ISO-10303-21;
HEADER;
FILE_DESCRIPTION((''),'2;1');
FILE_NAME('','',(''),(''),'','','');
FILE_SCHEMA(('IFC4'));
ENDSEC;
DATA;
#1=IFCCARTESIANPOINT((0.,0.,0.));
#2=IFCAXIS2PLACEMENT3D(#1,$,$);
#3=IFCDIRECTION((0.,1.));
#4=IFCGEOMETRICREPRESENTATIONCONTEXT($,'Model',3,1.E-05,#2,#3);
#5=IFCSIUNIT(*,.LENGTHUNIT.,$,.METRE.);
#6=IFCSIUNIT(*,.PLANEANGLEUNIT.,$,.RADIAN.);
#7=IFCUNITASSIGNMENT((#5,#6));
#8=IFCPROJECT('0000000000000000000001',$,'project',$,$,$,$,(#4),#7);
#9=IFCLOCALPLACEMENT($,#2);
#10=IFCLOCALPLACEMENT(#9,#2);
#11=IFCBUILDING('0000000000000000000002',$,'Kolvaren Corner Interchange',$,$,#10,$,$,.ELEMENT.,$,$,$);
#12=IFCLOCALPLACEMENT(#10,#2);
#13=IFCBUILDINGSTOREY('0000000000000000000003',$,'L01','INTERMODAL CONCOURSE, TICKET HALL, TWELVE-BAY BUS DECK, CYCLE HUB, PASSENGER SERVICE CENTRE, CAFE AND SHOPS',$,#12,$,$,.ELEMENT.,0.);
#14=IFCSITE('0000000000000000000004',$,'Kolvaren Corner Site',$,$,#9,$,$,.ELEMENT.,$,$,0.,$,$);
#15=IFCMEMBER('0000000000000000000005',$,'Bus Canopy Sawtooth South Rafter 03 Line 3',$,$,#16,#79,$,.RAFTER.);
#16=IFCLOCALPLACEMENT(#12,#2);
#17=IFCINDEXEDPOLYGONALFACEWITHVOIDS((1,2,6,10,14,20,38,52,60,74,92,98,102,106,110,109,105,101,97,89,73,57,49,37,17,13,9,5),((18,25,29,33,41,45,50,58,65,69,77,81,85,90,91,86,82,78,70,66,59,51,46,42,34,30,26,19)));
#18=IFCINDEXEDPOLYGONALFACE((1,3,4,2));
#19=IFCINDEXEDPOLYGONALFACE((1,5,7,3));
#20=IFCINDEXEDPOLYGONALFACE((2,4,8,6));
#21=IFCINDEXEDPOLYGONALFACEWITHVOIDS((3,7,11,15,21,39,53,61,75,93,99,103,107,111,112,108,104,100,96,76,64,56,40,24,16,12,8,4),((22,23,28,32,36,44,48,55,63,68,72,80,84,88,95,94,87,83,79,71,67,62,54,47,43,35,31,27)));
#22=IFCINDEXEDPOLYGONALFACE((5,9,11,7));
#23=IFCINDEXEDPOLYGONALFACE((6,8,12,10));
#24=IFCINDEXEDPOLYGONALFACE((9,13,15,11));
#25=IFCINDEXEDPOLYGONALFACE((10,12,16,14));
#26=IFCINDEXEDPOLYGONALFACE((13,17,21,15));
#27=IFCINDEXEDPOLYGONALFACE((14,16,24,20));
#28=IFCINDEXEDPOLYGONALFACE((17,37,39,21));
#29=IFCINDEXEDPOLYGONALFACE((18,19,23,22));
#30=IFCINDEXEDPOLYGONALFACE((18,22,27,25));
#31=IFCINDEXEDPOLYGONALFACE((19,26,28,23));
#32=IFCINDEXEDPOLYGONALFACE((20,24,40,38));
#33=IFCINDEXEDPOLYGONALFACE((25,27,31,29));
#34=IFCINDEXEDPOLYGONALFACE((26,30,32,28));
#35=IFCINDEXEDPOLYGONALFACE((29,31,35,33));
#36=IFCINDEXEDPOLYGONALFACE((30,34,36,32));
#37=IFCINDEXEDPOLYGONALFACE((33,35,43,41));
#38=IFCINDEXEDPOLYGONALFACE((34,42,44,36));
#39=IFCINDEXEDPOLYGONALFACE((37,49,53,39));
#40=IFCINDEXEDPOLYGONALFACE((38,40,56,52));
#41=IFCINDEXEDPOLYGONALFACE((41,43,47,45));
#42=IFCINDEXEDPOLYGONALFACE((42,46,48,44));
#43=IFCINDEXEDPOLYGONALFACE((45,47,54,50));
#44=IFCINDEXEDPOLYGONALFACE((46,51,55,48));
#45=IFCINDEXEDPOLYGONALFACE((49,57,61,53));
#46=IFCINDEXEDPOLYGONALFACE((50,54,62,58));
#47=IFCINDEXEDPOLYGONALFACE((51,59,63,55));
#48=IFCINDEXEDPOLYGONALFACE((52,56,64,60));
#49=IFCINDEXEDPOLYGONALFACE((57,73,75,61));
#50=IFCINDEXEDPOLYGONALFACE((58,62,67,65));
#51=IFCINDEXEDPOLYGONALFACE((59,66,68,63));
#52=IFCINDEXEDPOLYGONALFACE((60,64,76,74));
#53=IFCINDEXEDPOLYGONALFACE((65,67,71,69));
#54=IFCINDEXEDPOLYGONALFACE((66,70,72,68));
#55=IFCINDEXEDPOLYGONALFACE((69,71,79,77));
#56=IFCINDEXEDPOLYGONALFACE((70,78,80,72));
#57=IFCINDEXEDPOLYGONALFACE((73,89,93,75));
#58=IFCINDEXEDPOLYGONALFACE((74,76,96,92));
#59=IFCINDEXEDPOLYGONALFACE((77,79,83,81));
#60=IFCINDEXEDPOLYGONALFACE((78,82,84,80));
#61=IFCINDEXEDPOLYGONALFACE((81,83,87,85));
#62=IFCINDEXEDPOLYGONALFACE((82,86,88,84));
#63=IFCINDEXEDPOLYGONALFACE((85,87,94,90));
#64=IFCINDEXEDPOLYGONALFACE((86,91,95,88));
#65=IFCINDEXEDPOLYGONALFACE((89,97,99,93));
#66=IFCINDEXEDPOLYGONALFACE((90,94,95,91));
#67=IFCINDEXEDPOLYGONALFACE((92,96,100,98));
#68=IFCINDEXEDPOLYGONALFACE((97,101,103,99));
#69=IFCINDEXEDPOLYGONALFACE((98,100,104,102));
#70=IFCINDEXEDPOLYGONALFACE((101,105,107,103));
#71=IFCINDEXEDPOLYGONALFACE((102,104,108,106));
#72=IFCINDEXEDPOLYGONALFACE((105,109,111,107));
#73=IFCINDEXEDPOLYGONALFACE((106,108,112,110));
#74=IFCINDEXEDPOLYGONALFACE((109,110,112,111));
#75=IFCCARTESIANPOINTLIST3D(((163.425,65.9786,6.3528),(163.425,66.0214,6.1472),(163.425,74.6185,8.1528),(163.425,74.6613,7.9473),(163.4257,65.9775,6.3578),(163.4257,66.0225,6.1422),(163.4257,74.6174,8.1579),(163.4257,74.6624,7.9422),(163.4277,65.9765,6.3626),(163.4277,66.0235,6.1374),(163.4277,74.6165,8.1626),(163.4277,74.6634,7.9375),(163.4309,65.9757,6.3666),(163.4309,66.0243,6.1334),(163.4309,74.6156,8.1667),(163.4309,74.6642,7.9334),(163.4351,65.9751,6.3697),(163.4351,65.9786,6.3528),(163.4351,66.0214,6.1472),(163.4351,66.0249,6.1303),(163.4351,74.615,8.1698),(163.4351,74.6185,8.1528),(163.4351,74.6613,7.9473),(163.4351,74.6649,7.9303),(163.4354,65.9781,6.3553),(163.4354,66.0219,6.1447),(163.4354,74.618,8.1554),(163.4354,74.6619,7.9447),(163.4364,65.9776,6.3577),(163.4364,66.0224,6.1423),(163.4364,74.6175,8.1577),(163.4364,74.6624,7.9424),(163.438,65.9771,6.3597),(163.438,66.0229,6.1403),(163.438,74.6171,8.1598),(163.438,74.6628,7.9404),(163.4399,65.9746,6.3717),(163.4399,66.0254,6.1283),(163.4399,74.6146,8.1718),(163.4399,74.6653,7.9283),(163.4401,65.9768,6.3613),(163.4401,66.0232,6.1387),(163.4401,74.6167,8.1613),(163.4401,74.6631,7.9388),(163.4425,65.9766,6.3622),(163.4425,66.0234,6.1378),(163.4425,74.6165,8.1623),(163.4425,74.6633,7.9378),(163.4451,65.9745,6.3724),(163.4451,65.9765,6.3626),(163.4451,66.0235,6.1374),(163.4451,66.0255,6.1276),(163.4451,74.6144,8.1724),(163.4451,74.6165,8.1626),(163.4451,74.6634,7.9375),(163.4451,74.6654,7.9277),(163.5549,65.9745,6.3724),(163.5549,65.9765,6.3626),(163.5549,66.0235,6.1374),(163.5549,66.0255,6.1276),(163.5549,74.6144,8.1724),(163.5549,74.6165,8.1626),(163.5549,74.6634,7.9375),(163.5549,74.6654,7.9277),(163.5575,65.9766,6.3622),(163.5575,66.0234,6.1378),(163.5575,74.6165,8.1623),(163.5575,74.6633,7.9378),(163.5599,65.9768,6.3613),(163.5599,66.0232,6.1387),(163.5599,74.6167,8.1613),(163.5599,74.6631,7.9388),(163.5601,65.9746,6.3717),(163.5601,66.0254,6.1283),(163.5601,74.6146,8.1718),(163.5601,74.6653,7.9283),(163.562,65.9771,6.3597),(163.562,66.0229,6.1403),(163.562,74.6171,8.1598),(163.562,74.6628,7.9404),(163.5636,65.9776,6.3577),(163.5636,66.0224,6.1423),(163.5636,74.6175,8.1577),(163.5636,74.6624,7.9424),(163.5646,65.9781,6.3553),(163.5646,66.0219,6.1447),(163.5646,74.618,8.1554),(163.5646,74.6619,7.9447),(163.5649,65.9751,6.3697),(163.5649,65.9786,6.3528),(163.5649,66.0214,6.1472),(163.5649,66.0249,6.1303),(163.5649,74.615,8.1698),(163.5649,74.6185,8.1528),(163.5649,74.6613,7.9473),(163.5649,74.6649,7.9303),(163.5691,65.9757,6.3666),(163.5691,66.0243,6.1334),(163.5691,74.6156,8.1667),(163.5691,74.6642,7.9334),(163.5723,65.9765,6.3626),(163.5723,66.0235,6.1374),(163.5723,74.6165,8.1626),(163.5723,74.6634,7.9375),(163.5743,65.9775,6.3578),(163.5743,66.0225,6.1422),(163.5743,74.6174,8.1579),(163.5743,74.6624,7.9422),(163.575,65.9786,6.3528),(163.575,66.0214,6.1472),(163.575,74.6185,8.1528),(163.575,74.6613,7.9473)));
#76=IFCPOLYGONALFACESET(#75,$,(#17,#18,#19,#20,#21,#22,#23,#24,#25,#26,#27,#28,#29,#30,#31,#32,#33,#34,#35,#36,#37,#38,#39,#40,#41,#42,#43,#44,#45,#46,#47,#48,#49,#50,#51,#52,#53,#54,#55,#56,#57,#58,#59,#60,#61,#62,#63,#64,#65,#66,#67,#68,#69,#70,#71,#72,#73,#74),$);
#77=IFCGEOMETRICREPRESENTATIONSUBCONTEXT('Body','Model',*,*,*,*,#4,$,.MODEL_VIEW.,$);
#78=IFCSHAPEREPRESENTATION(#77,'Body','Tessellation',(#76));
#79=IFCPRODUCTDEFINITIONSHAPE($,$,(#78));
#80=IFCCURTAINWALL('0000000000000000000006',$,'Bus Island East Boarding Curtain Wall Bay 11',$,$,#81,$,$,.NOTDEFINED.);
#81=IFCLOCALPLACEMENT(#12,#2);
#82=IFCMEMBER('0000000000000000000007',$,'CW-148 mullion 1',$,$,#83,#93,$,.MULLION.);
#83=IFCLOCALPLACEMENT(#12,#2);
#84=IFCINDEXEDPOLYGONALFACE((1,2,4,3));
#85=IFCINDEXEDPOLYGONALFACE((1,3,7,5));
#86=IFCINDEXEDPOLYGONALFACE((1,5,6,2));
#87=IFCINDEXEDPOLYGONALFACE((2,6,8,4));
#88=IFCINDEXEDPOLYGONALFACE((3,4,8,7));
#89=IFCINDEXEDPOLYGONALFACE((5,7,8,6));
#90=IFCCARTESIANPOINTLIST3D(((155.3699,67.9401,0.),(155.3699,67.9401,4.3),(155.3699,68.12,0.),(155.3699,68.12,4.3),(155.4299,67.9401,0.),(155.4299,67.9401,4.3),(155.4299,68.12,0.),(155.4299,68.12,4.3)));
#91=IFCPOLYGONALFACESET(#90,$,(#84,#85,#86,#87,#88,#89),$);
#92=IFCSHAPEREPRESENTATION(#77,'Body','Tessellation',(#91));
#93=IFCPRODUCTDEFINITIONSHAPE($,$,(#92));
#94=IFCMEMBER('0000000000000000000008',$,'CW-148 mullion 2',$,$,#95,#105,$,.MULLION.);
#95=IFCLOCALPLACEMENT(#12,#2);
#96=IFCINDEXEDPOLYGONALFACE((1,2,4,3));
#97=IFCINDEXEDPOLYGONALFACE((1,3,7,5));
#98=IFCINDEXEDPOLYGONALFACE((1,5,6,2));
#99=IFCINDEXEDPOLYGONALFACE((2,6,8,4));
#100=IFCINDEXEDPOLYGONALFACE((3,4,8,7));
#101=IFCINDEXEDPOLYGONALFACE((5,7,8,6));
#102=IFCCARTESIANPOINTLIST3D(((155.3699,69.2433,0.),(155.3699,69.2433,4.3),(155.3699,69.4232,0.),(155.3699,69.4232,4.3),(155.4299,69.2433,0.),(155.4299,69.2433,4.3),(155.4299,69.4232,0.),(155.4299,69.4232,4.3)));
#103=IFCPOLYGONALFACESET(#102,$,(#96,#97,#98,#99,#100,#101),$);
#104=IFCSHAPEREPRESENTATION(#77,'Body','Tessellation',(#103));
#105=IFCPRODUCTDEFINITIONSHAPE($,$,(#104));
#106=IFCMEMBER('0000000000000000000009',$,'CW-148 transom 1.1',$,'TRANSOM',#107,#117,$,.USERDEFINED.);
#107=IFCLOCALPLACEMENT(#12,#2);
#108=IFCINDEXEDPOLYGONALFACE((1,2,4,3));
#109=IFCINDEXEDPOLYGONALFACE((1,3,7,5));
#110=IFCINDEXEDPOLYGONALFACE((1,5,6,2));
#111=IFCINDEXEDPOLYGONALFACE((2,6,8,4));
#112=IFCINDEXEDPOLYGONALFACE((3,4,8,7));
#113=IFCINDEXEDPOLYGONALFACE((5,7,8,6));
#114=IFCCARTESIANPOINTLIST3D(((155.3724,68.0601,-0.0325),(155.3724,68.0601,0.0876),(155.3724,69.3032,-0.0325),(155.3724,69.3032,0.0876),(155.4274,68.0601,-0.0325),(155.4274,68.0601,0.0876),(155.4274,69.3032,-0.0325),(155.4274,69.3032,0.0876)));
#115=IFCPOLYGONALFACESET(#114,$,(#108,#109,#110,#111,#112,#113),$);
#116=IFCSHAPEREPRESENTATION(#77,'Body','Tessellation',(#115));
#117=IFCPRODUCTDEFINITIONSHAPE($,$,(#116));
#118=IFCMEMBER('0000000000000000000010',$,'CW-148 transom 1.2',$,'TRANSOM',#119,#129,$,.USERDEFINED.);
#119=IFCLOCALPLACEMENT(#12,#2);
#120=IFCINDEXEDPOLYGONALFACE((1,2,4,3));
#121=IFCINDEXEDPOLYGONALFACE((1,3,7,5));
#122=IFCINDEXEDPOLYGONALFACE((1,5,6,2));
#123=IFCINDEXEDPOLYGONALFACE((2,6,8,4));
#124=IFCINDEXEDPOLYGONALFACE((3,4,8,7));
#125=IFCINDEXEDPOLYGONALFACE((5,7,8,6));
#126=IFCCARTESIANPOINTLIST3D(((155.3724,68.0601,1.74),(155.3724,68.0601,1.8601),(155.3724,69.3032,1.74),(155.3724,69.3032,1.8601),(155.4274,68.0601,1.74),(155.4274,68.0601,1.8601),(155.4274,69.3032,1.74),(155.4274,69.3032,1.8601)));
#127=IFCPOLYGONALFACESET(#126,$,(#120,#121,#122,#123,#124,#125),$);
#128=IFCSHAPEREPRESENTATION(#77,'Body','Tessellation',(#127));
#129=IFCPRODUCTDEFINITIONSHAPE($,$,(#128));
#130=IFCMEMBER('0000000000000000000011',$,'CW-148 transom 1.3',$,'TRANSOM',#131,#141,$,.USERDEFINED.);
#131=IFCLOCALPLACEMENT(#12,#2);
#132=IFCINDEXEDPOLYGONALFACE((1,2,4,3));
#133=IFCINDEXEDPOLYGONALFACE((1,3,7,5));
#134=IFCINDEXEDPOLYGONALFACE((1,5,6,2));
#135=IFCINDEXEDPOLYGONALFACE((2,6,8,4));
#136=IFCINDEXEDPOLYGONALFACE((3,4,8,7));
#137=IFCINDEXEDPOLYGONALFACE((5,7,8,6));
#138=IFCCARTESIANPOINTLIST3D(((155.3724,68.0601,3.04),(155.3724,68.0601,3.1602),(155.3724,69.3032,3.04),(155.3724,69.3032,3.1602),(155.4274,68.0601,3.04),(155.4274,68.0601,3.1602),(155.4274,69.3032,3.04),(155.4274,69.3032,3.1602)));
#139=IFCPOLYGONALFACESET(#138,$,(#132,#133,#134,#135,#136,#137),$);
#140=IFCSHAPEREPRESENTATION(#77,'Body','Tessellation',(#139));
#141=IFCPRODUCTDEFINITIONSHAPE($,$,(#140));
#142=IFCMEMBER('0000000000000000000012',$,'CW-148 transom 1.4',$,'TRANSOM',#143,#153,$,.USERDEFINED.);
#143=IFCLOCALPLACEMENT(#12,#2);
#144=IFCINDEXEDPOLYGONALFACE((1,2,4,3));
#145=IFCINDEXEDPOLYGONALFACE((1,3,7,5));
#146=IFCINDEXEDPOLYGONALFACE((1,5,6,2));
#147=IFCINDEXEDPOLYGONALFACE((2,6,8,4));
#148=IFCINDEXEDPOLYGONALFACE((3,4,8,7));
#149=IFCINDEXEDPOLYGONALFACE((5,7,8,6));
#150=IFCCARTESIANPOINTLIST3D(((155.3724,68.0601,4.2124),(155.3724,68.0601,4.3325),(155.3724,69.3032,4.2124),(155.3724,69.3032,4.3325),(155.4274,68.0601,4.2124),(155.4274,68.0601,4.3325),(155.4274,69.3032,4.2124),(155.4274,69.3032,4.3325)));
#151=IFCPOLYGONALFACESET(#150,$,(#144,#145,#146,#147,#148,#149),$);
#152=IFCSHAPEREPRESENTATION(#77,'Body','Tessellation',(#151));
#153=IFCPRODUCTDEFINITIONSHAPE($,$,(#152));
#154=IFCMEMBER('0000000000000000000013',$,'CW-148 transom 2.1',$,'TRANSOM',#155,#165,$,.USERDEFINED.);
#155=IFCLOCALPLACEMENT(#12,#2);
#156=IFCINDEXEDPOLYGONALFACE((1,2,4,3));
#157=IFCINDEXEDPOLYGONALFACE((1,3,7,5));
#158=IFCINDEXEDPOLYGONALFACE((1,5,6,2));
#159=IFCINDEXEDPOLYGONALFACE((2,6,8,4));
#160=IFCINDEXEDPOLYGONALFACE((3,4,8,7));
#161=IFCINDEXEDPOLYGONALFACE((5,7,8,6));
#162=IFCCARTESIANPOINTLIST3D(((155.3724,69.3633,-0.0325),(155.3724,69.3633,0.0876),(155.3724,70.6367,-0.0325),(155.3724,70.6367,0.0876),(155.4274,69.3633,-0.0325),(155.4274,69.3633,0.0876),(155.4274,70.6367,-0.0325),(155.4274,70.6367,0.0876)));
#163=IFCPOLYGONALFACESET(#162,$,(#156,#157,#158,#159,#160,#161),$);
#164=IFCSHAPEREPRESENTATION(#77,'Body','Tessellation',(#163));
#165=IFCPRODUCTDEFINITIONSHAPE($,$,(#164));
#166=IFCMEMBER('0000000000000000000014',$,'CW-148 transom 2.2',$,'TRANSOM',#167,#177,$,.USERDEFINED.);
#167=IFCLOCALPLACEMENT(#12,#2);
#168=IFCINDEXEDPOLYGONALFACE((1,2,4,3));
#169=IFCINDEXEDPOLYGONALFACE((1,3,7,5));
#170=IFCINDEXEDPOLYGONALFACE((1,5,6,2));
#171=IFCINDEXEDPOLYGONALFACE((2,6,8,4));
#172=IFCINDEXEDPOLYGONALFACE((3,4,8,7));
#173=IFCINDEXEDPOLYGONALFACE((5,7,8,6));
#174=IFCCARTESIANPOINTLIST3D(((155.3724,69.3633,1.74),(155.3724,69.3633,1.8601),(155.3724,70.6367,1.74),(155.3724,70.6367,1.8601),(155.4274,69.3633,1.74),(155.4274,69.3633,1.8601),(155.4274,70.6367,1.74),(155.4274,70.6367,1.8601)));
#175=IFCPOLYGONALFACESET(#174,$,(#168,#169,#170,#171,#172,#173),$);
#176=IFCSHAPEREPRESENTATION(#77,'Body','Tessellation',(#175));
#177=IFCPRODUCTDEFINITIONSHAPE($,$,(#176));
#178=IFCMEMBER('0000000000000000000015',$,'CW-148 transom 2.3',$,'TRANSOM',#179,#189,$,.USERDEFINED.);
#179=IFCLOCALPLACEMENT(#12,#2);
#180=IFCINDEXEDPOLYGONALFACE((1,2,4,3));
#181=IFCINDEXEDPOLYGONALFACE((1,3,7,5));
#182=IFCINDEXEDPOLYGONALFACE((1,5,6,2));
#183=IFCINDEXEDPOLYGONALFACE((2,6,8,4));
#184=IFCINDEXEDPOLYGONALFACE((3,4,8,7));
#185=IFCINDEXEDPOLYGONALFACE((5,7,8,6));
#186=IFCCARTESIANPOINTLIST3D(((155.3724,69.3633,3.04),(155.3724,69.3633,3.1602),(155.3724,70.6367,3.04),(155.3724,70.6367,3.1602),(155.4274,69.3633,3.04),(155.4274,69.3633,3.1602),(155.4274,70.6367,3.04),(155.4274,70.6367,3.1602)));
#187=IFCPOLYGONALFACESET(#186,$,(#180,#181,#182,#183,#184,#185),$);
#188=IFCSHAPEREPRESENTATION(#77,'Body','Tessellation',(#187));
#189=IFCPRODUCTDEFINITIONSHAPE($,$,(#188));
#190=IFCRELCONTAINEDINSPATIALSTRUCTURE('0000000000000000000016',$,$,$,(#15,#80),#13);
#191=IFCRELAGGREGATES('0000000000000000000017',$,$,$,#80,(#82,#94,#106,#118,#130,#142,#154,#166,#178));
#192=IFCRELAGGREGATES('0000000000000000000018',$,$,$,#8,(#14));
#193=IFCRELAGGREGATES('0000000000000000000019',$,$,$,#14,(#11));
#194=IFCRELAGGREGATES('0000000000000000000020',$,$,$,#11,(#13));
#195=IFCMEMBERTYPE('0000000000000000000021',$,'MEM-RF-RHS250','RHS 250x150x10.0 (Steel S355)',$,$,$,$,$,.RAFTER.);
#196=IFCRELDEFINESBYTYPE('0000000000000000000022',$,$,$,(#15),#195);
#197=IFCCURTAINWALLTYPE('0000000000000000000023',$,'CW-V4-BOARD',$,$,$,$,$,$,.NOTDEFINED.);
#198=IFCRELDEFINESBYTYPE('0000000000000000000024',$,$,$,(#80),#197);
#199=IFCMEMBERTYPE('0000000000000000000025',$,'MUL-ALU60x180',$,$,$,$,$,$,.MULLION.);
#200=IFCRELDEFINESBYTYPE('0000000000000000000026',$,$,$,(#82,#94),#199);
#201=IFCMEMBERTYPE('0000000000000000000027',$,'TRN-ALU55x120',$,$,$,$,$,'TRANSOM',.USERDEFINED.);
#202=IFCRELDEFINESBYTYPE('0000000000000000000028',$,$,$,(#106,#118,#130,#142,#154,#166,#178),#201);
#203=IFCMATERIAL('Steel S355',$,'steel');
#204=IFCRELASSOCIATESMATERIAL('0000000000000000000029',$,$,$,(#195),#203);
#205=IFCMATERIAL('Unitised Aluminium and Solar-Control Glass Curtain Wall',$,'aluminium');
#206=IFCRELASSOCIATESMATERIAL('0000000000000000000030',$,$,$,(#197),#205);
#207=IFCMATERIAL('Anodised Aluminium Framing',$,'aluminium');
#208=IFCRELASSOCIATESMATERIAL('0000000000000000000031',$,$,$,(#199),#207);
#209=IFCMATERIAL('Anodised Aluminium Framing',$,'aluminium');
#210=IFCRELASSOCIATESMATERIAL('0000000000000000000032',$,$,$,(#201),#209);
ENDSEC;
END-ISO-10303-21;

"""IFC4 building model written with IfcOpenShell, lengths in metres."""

from ifc_helpers import new_model, si_unit, direction, frame, origin, origin_2d, place, context, subcontext, project, spatial, rectangle, hollow_rectangle, extrude, material, material_profile, profile_set, type_object, element, aggregate, save


model = new_model("IFC4")

# Units and contexts
model_context = context("Model", 3, precision=1e-05, world=origin(), true_north=direction((0.0, 1.0)))
body_context = subcontext(model_context, "Body", "Model", "MODEL_VIEW")
ifc_project = project(units=[si_unit("LENGTHUNIT", "METRE"), si_unit("PLANEANGLEUNIT", "RADIAN")], contexts=[model_context])

# Site, building, storey
site_placement = place(None, origin())
site = spatial("IfcSite", under=ifc_project, at=site_placement, Name="Kolvaren Corner Site", CompositionType="ELEMENT", RefElevation=0.0)
building_placement = place(site_placement, origin())
building = spatial("IfcBuilding", under=site, at=building_placement, Name="Kolvaren Corner Interchange", CompositionType="ELEMENT")
storey_placement = place(building_placement, origin())
storey = spatial("IfcBuildingStorey", under=building, at=storey_placement, Name="L01", Description="INTERMODAL CONCOURSE, TICKET HALL, TWELVE-BAY BUS DECK, CYCLE HUB, PASSENGER SERVICE CENTRE, CAFE AND SHOPS", CompositionType="ELEMENT", Elevation=0.0)

# Member
ifc_material_1 = material(Name="Steel S355", Category="steel")
ifc_material_profile_1 = material_profile(ifc_material_1, hollow_rectangle(XDim=0.1499, YDim=0.25, WallThickness=0.01, InnerFilletRadius=0.01, OuterFilletRadius=0.02, at=origin_2d()), Name="RHS 250x150x10.0")
ifc_profile_set_1 = profile_set([ifc_material_profile_1], Name="Steel S355")
member_type_1 = type_object("IfcMemberType", Name="MEM-RF-RHS250", Description="RHS 250x150x10.0 (Steel S355)", PredefinedType="RAFTER", material=ifc_profile_set_1)
for number, where, z_axis, x_axis, name in (
    (1, (163.5, 66.0, 6.25), (0.0, 0.978979, 0.203962), (-1.0, 0.0, 0.0), "Bus Canopy Sawtooth South Rafter 03 Line 3"),
):
    element("IfcMember", number, at=place(storey_placement, frame(where, z_axis=z_axis, x_axis=x_axis)), inside=storey, type_object=member_type_1, Name=name, PredefinedType="RAFTER", context=body_context, shape_type="SweptSolid", body=[
        extrude(hollow_rectangle(XDim=0.1499, YDim=0.25, WallThickness=0.01, InnerFilletRadius=0.01, OuterFilletRadius=0.02, at=origin_2d()), origin(), (0.0, 0.0, 1.0), 8.8254),
    ])

# Curtain wall, members
ifc_material_2 = material(Name="Unitised Aluminium and Solar-Control Glass Curtain Wall", Category="aluminium")
curtain_wall_type = type_object("IfcCurtainWallType", Name="CW-V4-BOARD", PredefinedType="NOTDEFINED", material=ifc_material_2)
curtain_wall_placement = place(storey_placement, origin())
curtain_wall = element("IfcCurtainWall", 2, at=curtain_wall_placement, inside=storey, type_object=curtain_wall_type, Name="Bus Island East Boarding Curtain Wall Bay 11", PredefinedType="NOTDEFINED")
ifc_material_3 = material(Name="Anodised Aluminium Framing", Category="aluminium")
ifc_material_profile_2 = material_profile(ifc_material_3, rectangle(XDim=0.0601, YDim=0.1799, at=origin_2d()), Name="ALU 60x180")
ifc_profile_set_2 = profile_set([ifc_material_profile_2], Name="Anodised Aluminium Framing")
member_type_2 = type_object("IfcMemberType", Name="MUL-ALU60x180", PredefinedType="MULLION", material=ifc_profile_set_2)
member_1_placement = place(storey_placement, frame((155.3999, 68.03, 0.0), z_axis=(0.0, 0.0, 1.0), x_axis=(-1.0, 0.0, 0.0)))
member_1 = element("IfcMember", 3, at=member_1_placement, type_object=member_type_2, Name="CW-148 mullion 1", PredefinedType="MULLION", context=body_context, shape_type="SweptSolid", body=[
    extrude(rectangle(XDim=0.0601, YDim=0.1799, at=origin_2d()), origin(), (0.0, 0.0, 1.0), 4.3),
])
member_2_placement = place(storey_placement, frame((155.3999, 69.3333, 0.0), z_axis=(0.0, 0.0, 1.0), x_axis=(-1.0, 0.0, 0.0)))
member_2 = element("IfcMember", 4, at=member_2_placement, type_object=member_type_2, Name="CW-148 mullion 2", PredefinedType="MULLION", context=body_context, shape_type="SweptSolid", body=[
    extrude(rectangle(XDim=0.0601, YDim=0.1799, at=origin_2d()), origin(), (0.0, 0.0, 1.0), 4.3),
])
ifc_material_4 = material(Name="Anodised Aluminium Framing", Category="aluminium")
ifc_material_profile_3 = material_profile(ifc_material_4, rectangle(XDim=0.0549, YDim=0.1201, at=origin_2d()), Name="ALU 55x120")
ifc_profile_set_3 = profile_set([ifc_material_profile_3], Name="Anodised Aluminium Framing")
member_type_3 = type_object("IfcMemberType", Name="TRN-ALU55x120", ElementType="TRANSOM", PredefinedType="USERDEFINED", material=ifc_profile_set_3)
member_3_placement = place(storey_placement, frame((155.3999, 68.0601, 0.0276), z_axis=(0.0, 1.0, 0.0), x_axis=(-1.0, 0.0, 0.0)))
member_3 = element("IfcMember", 5, at=member_3_placement, type_object=member_type_3, Name="CW-148 transom 1.1", ObjectType="TRANSOM", PredefinedType="USERDEFINED", context=body_context, shape_type="SweptSolid", body=[
    extrude(rectangle(XDim=0.0549, YDim=0.1201, at=origin_2d()), origin(), (0.0, 0.0, 1.0), 1.2432),
])
member_4_placement = place(storey_placement, frame((155.3999, 68.0601, 1.8), z_axis=(0.0, 1.0, 0.0), x_axis=(-1.0, 0.0, 0.0)))
member_4 = element("IfcMember", 6, at=member_4_placement, type_object=member_type_3, Name="CW-148 transom 1.2", ObjectType="TRANSOM", PredefinedType="USERDEFINED", context=body_context, shape_type="SweptSolid", body=[
    extrude(rectangle(XDim=0.0549, YDim=0.1201, at=origin_2d()), origin(), (0.0, 0.0, 1.0), 1.2432),
])
member_5_placement = place(storey_placement, frame((155.3999, 68.0601, 3.1001), z_axis=(0.0, 1.0, 0.0), x_axis=(-1.0, 0.0, 0.0)))
member_5 = element("IfcMember", 7, at=member_5_placement, type_object=member_type_3, Name="CW-148 transom 1.3", ObjectType="TRANSOM", PredefinedType="USERDEFINED", context=body_context, shape_type="SweptSolid", body=[
    extrude(rectangle(XDim=0.0549, YDim=0.1201, at=origin_2d()), origin(), (0.0, 0.0, 1.0), 1.2432),
])
member_6_placement = place(storey_placement, frame((155.3999, 68.0601, 4.2725), z_axis=(0.0, 1.0, 0.0), x_axis=(-1.0, 0.0, 0.0)))
member_6 = element("IfcMember", 8, at=member_6_placement, type_object=member_type_3, Name="CW-148 transom 1.4", ObjectType="TRANSOM", PredefinedType="USERDEFINED", context=body_context, shape_type="SweptSolid", body=[
    extrude(rectangle(XDim=0.0549, YDim=0.1201, at=origin_2d()), origin(), (0.0, 0.0, 1.0), 1.2432),
])
member_7_placement = place(storey_placement, frame((155.3999, 69.3633, 0.0276), z_axis=(0.0, 1.0, 0.0), x_axis=(-1.0, 0.0, 0.0)))
member_7 = element("IfcMember", 9, at=member_7_placement, type_object=member_type_3, Name="CW-148 transom 2.1", ObjectType="TRANSOM", PredefinedType="USERDEFINED", context=body_context, shape_type="SweptSolid", body=[
    extrude(rectangle(XDim=0.0549, YDim=0.1201, at=origin_2d()), origin(), (0.0, 0.0, 1.0), 1.2734),
])
member_8_placement = place(storey_placement, frame((155.3999, 69.3633, 1.8), z_axis=(0.0, 1.0, 0.0), x_axis=(-1.0, 0.0, 0.0)))
member_8 = element("IfcMember", 10, at=member_8_placement, type_object=member_type_3, Name="CW-148 transom 2.2", ObjectType="TRANSOM", PredefinedType="USERDEFINED", context=body_context, shape_type="SweptSolid", body=[
    extrude(rectangle(XDim=0.0549, YDim=0.1201, at=origin_2d()), origin(), (0.0, 0.0, 1.0), 1.2734),
])
member_9_placement = place(storey_placement, frame((155.3999, 69.3633, 3.1001), z_axis=(0.0, 1.0, 0.0), x_axis=(-1.0, 0.0, 0.0)))
member_9 = element("IfcMember", 11, at=member_9_placement, type_object=member_type_3, Name="CW-148 transom 2.3", ObjectType="TRANSOM", PredefinedType="USERDEFINED", context=body_context, shape_type="SweptSolid", body=[
    extrude(rectangle(XDim=0.0549, YDim=0.1201, at=origin_2d()), origin(), (0.0, 0.0, 1.0), 1.2734),
])
aggregate(curtain_wall, [member_1, member_2, member_3, member_4, member_5, member_6, member_7, member_8, member_9])

save(model, "model.ifc")
